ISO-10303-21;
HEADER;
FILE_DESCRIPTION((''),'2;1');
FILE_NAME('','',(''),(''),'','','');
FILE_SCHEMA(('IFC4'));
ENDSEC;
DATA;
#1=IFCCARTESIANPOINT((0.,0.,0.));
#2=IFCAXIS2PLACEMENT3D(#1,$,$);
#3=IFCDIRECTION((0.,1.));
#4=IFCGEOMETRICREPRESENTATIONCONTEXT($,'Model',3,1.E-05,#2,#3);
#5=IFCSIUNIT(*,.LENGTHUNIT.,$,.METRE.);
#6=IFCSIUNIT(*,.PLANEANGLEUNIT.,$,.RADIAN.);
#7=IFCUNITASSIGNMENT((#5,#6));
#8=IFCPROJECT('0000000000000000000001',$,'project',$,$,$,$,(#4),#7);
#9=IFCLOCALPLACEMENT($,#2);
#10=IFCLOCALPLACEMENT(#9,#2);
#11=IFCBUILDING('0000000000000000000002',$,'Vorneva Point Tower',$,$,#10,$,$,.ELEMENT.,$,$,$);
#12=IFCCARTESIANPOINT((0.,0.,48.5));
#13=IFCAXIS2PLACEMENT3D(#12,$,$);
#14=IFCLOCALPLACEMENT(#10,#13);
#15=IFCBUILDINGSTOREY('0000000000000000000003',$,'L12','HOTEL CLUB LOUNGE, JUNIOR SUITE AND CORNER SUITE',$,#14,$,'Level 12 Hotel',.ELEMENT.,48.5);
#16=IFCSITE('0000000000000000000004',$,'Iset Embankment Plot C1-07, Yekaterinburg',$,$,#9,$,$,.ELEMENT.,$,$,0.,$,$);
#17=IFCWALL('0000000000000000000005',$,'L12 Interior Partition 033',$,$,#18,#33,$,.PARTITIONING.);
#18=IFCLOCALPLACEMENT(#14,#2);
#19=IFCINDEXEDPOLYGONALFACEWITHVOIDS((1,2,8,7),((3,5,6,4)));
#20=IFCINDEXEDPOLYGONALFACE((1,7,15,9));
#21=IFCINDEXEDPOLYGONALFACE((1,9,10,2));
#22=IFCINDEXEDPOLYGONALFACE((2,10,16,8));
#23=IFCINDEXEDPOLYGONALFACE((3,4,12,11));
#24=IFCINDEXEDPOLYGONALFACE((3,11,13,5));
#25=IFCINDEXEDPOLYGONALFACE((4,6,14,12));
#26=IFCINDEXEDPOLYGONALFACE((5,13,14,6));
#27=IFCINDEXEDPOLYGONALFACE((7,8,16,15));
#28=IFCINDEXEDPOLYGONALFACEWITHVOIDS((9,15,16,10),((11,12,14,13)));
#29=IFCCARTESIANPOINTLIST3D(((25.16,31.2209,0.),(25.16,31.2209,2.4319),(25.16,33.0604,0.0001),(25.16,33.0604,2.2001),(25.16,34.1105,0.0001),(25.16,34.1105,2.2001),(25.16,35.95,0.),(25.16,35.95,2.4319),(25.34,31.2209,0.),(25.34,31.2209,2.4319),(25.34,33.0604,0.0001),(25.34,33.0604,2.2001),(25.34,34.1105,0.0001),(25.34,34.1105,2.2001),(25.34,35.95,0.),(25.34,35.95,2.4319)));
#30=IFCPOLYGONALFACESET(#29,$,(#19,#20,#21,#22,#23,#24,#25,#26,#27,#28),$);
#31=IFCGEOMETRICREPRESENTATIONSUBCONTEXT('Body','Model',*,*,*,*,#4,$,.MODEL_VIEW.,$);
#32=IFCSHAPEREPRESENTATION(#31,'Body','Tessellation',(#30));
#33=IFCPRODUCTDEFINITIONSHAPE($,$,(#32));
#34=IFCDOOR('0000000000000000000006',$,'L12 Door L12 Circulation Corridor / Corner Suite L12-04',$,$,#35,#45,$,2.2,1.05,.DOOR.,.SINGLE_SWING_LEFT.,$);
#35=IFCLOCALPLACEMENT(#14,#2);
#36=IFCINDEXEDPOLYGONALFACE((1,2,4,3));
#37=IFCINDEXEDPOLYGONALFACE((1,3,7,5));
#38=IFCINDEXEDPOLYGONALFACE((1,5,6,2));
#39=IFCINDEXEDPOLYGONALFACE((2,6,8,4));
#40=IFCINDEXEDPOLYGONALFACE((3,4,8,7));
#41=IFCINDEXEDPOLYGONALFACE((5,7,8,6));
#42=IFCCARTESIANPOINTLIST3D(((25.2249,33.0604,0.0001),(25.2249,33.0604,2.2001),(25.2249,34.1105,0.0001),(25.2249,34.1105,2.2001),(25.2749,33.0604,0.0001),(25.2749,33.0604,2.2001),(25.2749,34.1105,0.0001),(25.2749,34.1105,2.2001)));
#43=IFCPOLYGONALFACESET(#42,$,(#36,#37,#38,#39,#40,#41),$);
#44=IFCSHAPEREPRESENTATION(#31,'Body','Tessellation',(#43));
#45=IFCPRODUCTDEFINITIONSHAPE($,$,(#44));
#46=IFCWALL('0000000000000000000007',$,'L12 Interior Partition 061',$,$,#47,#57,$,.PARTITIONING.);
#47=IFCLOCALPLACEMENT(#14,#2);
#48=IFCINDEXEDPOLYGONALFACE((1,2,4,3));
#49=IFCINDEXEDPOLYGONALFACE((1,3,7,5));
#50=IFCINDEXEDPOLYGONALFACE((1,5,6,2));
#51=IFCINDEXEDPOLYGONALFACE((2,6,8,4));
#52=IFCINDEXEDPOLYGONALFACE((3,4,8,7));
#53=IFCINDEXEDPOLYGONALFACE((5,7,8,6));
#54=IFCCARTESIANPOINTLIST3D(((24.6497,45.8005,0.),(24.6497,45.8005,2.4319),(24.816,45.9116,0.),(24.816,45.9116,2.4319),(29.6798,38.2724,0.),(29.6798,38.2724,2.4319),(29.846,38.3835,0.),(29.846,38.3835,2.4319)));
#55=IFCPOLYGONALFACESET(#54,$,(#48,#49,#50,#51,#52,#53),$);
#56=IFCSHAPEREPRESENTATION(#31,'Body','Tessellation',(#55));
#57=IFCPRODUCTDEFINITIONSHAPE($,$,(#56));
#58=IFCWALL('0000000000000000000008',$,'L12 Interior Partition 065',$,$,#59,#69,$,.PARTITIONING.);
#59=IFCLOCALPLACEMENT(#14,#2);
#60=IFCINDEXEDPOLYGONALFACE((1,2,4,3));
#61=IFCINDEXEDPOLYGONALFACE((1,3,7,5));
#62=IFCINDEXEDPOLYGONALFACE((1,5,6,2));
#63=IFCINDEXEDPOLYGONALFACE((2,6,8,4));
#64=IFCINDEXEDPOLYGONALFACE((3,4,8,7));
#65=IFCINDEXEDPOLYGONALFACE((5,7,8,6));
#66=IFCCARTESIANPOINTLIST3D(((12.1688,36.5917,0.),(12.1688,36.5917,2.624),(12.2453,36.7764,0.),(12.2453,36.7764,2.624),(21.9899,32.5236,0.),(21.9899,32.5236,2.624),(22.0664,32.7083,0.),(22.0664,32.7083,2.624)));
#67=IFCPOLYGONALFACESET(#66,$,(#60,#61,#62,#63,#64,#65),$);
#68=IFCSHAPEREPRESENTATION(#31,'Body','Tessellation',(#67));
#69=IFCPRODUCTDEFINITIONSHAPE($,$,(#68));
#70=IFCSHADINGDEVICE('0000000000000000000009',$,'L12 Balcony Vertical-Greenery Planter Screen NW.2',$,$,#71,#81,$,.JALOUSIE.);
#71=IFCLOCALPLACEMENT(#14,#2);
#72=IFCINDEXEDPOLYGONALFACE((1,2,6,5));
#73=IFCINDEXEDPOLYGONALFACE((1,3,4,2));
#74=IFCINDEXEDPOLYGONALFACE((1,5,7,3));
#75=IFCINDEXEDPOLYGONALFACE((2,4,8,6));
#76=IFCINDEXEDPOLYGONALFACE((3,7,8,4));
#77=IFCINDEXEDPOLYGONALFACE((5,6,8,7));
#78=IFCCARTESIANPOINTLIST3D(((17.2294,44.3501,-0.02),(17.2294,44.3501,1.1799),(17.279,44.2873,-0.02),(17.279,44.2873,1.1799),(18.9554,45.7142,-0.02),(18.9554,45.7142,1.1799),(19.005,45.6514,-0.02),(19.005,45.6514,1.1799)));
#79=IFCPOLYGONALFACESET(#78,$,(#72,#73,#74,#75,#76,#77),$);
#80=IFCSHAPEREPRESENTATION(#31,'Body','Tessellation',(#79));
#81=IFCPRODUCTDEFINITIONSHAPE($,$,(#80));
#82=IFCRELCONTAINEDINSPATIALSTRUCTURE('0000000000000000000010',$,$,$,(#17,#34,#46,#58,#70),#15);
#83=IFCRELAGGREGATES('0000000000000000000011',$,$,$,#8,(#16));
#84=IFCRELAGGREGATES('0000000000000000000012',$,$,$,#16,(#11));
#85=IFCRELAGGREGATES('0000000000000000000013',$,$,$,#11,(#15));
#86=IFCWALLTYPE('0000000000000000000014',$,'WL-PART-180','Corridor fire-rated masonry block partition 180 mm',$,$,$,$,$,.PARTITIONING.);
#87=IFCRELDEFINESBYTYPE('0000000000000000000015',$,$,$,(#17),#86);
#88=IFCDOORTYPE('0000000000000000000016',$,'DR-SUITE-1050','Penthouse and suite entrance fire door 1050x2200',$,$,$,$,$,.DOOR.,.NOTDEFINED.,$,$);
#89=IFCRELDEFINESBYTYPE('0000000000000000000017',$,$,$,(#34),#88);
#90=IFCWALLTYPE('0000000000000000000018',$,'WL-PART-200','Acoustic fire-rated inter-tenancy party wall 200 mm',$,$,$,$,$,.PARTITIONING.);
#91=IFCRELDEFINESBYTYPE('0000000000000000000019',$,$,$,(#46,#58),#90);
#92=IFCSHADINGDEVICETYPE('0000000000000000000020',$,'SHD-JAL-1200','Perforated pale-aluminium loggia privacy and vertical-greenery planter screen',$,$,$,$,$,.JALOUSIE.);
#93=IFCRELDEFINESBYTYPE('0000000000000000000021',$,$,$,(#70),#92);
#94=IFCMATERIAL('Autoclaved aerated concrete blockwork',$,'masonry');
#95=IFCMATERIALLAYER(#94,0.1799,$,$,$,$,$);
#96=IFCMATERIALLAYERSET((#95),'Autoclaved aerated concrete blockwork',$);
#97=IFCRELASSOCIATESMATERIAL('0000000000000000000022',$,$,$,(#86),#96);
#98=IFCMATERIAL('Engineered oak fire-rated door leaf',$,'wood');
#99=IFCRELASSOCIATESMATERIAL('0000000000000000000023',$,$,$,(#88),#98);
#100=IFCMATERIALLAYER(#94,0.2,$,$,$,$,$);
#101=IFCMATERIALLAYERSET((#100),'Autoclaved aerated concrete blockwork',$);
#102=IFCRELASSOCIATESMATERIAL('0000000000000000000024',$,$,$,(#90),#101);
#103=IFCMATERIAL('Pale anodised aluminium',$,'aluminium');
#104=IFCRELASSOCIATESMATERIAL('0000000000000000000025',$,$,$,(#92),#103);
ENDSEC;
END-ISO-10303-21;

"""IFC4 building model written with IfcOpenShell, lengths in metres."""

from ifc_helpers import new_model, si_unit, direction, frame, frame_2d, origin, origin_2d, place, context, subcontext, project, spatial, rectangle, extrude, material, layer, layer_set, type_object, element, fill, save


model = new_model("IFC4")

# Units and contexts
model_context = context("Model", 3, precision=1e-05, world=origin(), true_north=direction((0.0, 1.0)))
body_context = subcontext(model_context, "Body", "Model", "MODEL_VIEW")
ifc_project = project(units=[si_unit("LENGTHUNIT", "METRE"), si_unit("PLANEANGLEUNIT", "RADIAN")], contexts=[model_context])

# Site, building, storey
site_placement = place(None, origin())
site = spatial("IfcSite", under=ifc_project, at=site_placement, Name="Iset Embankment Plot C1-07, Yekaterinburg", CompositionType="ELEMENT", RefElevation=0.0)
building_placement = place(site_placement, origin())
building = spatial("IfcBuilding", under=site, at=building_placement, Name="Vorneva Point Tower", CompositionType="ELEMENT")
storey_placement = place(building_placement, frame((0.0, 0.0, 48.5)))
storey = spatial("IfcBuildingStorey", under=building, at=storey_placement, Name="L12", Description="HOTEL CLUB LOUNGE, JUNIOR SUITE AND CORNER SUITE", LongName="Level 12 Hotel", CompositionType="ELEMENT", Elevation=48.5)

# Shared definitions
ifc_material_1 = material(Name="Pale anodised aluminium", Category="aluminium")

# Shared definitions
ifc_material_2 = material(Name="Engineered oak fire-rated door leaf", Category="wood")

# Shared definitions
ifc_material_3 = material(Name="Autoclaved aerated concrete blockwork", Category="masonry")
ifc_layer_1 = layer(ifc_material_3, 0.1799)
ifc_layer_set_1 = layer_set([ifc_layer_1], Name="Autoclaved aerated concrete blockwork")
wall_type_1 = type_object("IfcWallType", Name="WL-PART-180", Description="Corridor fire-rated masonry block partition 180 mm", PredefinedType="PARTITIONING", material=ifc_layer_set_1)

# Wall, opening, door
wall_1_placement = place(storey_placement, frame((25.25, 35.95, 0.0), z_axis=(0.0, 0.0, 1.0), x_axis=(0.0, -1.0, 0.0)))
wall_1 = element("IfcWall", 1, at=wall_1_placement, inside=storey, type_object=wall_type_1, Name="L12 Interior Partition 033", PredefinedType="PARTITIONING", context=body_context, shape_type="SweptSolid", body=[
    extrude(rectangle(XDim=4.729, YDim=0.1799, at=frame_2d((2.3645, 0.0))), origin(), (0.0, 0.0, 1.0), 2.4319),
])
opening_1_placement = place(wall_1_placement, frame((1.8396, 0.0, 0.0)))
opening_1 = element("IfcOpeningElement", 2, at=opening_1_placement, cuts=wall_1, PredefinedType="OPENING", context=body_context, shape_type="SweptSolid", body=[
    extrude(rectangle(XDim=1.05, YDim=2.2, at=frame_2d((0.5249, 1.1001))), frame((0.0, 0.105, 0.0), z_axis=(0.0, -1.0, 0.0), x_axis=(1.0, 0.0, 0.0)), (0.0, 0.0, 1.0), 0.2097),
])
door_type_1 = type_object("IfcDoorType", Name="DR-SUITE-1050", Description="Penthouse and suite entrance fire door 1050x2200", OperationType="NOTDEFINED", PredefinedType="DOOR", material=ifc_material_2)
door_1_placement = place(opening_1_placement, origin())
door_1 = element("IfcDoor", 3, at=door_1_placement, inside=storey, type_object=door_type_1, Name="L12 Door L12 Circulation Corridor / Corner Suite L12-04", OperationType="SINGLE_SWING_LEFT", OverallHeight=2.2, OverallWidth=1.05, PredefinedType="DOOR", context=body_context, shape_type="SweptSolid", body=[
    extrude(rectangle(XDim=1.05, YDim=2.2, at=frame_2d((0.5249, 1.1001))), frame((0.0, 0.0249, 0.0), z_axis=(0.0, -1.0, 0.0), x_axis=(1.0, 0.0, 0.0)), (0.0, 0.0, 1.0), 0.05),
])
fill(opening_1, door_1)

# Walls
ifc_layer_2 = layer(ifc_material_3, 0.2)
ifc_layer_set_2 = layer_set([ifc_layer_2], Name="Autoclaved aerated concrete blockwork")
wall_type_2 = type_object("IfcWallType", Name="WL-PART-200", Description="Acoustic fire-rated inter-tenancy party wall 200 mm", PredefinedType="PARTITIONING", material=ifc_layer_set_2)
wall_2_placement = place(storey_placement, frame((24.7329, 45.856, 0.0), z_axis=(0.0, 0.0, 1.0), x_axis=(0.555565, -0.831473, 0.0)))
element("IfcWall", 4, at=wall_2_placement, inside=storey, type_object=wall_type_2, Name="L12 Interior Partition 061", PredefinedType="PARTITIONING", context=body_context, shape_type="SweptSolid", body=[
    extrude(rectangle(XDim=9.054, YDim=0.2, at=frame_2d((4.5269, 0.0))), origin(), (0.0, 0.0, 1.0), 2.4319),
])
wall_3_placement = place(storey_placement, frame((12.207, 36.6841, 0.0), z_axis=(0.0, 0.0, 1.0), x_axis=(0.923876, -0.382692, 0.0)))
element("IfcWall", 5, at=wall_3_placement, inside=storey, type_object=wall_type_2, Name="L12 Interior Partition 065", PredefinedType="PARTITIONING", context=body_context, shape_type="SweptSolid", body=[
    extrude(rectangle(XDim=10.6304, YDim=0.2, at=frame_2d((5.3152, 0.0))), origin(), (0.0, 0.0, 1.0), 2.624),
])

# Shading device
shading_device_type = type_object("IfcShadingDeviceType", Name="SHD-JAL-1200", Description="Perforated pale-aluminium loggia privacy and vertical-greenery planter screen", PredefinedType="JALOUSIE", material=ifc_material_1)
shading_device_placement = place(storey_placement, frame((18.1172, 45.0007, -0.02), z_axis=(0.0, 0.0, 1.0), x_axis=(-0.78456, -0.620053, 0.0)))
element("IfcShadingDevice", 6, at=shading_device_placement, inside=storey, type_object=shading_device_type, Name="L12 Balcony Vertical-Greenery Planter Screen NW.2", PredefinedType="JALOUSIE", context=body_context, shape_type="SweptSolid", body=[
    extrude(rectangle(XDim=2.2, YDim=0.0801, at=origin_2d()), origin(), (0.0, 0.0, 1.0), 1.2),
])

save(model, "model.ifc")
